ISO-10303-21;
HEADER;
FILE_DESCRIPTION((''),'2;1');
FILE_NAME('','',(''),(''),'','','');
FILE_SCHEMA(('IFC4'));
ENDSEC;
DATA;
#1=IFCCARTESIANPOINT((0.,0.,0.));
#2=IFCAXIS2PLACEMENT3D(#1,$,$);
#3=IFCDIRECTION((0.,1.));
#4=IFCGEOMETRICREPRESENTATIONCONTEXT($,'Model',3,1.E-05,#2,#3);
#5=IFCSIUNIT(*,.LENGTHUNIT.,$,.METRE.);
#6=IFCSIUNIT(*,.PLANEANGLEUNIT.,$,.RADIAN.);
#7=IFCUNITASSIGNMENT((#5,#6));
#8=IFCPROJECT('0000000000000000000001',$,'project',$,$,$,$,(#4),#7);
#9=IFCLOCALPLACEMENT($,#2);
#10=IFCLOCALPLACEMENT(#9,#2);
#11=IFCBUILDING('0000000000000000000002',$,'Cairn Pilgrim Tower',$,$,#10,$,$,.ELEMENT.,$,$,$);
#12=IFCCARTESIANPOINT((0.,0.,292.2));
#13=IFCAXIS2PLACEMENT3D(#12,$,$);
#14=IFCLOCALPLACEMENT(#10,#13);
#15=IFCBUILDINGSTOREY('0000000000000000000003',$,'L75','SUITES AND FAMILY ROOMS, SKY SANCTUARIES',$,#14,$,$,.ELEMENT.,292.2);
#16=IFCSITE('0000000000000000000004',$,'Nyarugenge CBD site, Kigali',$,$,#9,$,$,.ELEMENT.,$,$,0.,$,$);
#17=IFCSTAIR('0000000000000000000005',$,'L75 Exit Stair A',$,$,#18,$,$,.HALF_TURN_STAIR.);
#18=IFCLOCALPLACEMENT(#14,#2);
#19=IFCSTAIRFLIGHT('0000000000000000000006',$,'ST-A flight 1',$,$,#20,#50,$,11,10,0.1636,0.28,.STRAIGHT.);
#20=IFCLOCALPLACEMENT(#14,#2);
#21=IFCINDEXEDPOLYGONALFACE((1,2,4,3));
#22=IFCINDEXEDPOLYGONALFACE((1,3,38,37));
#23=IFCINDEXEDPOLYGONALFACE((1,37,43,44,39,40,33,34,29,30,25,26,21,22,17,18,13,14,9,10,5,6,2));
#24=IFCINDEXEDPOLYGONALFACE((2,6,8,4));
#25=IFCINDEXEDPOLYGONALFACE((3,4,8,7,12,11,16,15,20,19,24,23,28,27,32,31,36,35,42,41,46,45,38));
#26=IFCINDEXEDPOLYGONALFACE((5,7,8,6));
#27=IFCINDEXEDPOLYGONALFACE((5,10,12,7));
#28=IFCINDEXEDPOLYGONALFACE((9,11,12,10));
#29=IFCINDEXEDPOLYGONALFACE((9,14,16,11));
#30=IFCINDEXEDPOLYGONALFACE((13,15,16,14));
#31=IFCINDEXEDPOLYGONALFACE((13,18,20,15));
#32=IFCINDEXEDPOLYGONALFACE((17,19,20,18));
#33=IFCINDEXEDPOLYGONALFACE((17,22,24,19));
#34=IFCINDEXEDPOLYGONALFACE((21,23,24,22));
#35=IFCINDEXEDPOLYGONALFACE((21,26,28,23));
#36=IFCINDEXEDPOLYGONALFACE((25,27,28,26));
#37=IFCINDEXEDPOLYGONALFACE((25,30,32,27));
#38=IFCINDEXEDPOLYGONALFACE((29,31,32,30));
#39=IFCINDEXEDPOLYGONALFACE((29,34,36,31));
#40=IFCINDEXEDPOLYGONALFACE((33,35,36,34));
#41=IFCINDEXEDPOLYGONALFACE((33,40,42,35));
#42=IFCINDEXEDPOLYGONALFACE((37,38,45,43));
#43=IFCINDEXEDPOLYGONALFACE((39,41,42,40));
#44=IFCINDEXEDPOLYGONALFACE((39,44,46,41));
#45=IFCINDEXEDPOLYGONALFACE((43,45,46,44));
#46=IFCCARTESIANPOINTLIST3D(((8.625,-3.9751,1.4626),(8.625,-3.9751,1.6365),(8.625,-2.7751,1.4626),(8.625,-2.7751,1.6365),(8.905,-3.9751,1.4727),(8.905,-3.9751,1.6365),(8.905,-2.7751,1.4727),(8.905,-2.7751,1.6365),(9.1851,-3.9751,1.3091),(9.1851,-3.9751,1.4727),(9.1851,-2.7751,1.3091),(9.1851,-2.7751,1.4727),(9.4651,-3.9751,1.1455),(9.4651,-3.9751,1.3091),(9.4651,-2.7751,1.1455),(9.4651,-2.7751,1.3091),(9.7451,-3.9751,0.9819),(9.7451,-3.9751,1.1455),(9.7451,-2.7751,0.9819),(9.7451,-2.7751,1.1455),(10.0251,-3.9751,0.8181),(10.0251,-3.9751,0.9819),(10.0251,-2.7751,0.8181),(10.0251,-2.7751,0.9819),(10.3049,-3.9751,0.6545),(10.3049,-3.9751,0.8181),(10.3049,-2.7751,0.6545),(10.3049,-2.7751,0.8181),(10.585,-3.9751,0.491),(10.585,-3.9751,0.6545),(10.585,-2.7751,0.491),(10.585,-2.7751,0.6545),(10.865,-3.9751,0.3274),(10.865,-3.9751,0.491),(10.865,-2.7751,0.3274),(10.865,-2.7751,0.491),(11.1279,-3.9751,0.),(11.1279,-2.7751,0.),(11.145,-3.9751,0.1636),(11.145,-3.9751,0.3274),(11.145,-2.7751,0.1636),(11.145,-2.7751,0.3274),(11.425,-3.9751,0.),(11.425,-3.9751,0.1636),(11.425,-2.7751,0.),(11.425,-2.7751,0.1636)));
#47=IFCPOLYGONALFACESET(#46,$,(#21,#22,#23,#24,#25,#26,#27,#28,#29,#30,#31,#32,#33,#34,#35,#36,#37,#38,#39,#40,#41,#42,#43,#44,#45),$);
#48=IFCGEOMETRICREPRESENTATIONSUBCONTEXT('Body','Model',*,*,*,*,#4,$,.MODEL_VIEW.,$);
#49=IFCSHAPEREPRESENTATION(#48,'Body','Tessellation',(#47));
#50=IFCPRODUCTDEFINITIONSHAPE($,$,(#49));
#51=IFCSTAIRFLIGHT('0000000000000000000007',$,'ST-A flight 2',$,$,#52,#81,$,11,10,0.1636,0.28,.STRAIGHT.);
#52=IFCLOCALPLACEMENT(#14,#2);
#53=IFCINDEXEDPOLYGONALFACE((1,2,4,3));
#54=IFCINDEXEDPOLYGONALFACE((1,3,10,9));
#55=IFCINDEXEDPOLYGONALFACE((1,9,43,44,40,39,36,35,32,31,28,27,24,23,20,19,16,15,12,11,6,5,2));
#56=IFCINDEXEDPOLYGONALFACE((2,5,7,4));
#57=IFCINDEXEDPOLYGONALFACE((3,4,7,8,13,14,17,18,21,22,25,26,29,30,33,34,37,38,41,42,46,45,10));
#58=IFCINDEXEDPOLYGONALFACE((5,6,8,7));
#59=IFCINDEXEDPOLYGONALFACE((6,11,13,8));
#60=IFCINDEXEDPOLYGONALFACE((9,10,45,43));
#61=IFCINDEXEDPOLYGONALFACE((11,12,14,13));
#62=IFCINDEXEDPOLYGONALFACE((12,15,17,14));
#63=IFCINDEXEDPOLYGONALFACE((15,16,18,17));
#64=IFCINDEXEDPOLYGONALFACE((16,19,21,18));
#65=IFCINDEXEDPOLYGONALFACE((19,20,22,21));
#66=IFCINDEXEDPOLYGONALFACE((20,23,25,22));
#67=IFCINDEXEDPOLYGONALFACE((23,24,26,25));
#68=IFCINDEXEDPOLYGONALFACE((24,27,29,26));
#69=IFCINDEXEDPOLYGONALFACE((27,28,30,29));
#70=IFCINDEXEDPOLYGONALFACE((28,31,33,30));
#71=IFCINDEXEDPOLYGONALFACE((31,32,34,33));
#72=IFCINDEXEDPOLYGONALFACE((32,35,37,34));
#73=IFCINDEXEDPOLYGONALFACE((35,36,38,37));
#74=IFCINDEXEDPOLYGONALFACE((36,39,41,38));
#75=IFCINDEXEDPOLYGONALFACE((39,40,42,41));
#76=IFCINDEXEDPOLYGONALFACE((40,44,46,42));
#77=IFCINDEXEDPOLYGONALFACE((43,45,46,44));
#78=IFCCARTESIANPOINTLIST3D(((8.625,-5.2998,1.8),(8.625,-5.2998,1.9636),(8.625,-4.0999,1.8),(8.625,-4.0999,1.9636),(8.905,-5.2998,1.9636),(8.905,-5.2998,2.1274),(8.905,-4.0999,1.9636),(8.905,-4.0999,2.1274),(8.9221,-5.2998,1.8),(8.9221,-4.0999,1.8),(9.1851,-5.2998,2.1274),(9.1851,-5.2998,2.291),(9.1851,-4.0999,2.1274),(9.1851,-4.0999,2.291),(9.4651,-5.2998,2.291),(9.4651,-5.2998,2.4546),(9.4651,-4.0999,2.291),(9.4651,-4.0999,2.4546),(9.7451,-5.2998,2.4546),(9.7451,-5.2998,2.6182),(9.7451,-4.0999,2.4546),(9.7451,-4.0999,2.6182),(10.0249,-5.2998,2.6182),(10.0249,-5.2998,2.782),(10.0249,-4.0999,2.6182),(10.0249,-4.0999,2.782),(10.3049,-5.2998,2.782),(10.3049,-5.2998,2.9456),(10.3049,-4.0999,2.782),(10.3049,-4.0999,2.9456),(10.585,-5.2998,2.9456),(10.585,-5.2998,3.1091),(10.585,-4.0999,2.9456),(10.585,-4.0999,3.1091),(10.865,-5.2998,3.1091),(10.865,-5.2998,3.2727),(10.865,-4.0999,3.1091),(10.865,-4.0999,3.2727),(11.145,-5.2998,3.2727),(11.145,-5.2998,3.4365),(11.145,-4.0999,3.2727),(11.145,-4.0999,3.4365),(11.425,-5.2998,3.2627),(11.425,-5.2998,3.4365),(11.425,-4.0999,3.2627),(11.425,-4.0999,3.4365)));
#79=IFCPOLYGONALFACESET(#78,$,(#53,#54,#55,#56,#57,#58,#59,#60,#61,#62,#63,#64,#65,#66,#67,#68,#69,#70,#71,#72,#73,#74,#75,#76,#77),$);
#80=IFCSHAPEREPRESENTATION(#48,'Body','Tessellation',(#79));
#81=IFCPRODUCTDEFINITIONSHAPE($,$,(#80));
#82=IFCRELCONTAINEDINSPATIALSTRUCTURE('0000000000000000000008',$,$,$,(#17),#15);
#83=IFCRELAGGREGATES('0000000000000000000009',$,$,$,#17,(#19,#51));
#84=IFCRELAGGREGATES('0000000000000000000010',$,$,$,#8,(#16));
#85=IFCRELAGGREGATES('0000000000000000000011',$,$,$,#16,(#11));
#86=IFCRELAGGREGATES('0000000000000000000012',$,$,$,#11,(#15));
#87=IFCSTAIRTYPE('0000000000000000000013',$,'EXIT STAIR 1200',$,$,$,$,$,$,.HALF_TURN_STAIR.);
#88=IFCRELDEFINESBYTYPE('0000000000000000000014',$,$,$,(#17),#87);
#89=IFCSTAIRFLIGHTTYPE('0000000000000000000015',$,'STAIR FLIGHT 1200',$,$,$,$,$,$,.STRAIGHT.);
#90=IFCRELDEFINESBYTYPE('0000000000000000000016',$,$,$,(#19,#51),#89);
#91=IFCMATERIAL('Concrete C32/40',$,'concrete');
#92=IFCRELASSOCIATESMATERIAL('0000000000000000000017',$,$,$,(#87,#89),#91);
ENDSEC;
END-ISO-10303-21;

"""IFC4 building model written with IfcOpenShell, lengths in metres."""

from ifc_helpers import new_model, si_unit, direction, frame, origin, place, context, subcontext, project, spatial, polyline, outline, extrude, material, type_object, element, aggregate, save


model = new_model("IFC4")

# Units and contexts
model_context = context("Model", 3, precision=1e-05, world=origin(), true_north=direction((0.0, 1.0)))
body_context = subcontext(model_context, "Body", "Model", "MODEL_VIEW")
ifc_project = project(units=[si_unit("LENGTHUNIT", "METRE"), si_unit("PLANEANGLEUNIT", "RADIAN")], contexts=[model_context])

# Site, building, storey
site_placement = place(None, origin())
site = spatial("IfcSite", under=ifc_project, at=site_placement, Name="Nyarugenge CBD site, Kigali", CompositionType="ELEMENT", RefElevation=0.0)
building_placement = place(site_placement, origin())
building = spatial("IfcBuilding", under=site, at=building_placement, Name="Cairn Pilgrim Tower", CompositionType="ELEMENT")
storey_placement = place(building_placement, frame((0.0, 0.0, 292.2)))
storey = spatial("IfcBuildingStorey", under=building, at=storey_placement, Name="L75", Description="SUITES AND FAMILY ROOMS, SKY SANCTUARIES", CompositionType="ELEMENT", Elevation=292.2)

# Stair
ifc_material_1 = material(Name="Concrete C32/40", Category="concrete")
stair_type = type_object("IfcStairType", Name="EXIT STAIR 1200", PredefinedType="HALF_TURN_STAIR", material=ifc_material_1)
stair_placement = place(storey_placement, origin())
stair = element("IfcStair", 1, at=stair_placement, inside=storey, type_object=stair_type, Name="L75 Exit Stair A", PredefinedType="HALF_TURN_STAIR")

# Stair flights
stair_flight_type = type_object("IfcStairFlightType", Name="STAIR FLIGHT 1200", PredefinedType="STRAIGHT", material=ifc_material_1)
stair_flight_1_placement = place(storey_placement, frame((11.425, -3.375, 0.0), z_axis=(0.0, 0.0, 1.0), x_axis=(-1.0, 0.0, 0.0)))
stair_flight_1 = element("IfcStairFlight", 2, at=stair_flight_1_placement, type_object=stair_flight_type, Name="ST-A flight 1", NumberOfRisers=11, NumberOfTreads=10, PredefinedType="STRAIGHT", RiserHeight=0.1636, TreadLength=0.28, context=body_context, shape_type="SweptSolid", body=[
    extrude(outline(polyline([(0.0, 0.0), (0.0, 0.1636), (0.28, 0.1636), (0.28, 0.3274), (0.5601, 0.3274), (0.5601, 0.491), (0.8401, 0.491), (0.8401, 0.6545), (1.1201, 0.6545), (1.1201, 0.8181), (1.3999, 0.8181), (1.3999, 0.9819), (1.6799, 0.9819), (1.6799, 1.1455), (1.96, 1.1455), (1.96, 1.3091), (2.24, 1.3091), (2.24, 1.4727), (2.52, 1.4727), (2.52, 1.6365), (2.8, 1.6365), (2.8, 1.8), (2.8, 1.4626), (0.2971, 0.0), (0.0, 0.0)])), frame((0.0, 0.6001, 0.0), z_axis=(0.0, -1.0, 0.0), x_axis=(1.0, 0.0, 0.0)), (0.0, 0.0, 1.0), 1.2),
])
stair_flight_2_placement = place(storey_placement, frame((8.625, -4.7, 1.8), z_axis=(0.0, 0.0, 1.0), x_axis=(1.0, 0.0, 0.0)))
stair_flight_2 = element("IfcStairFlight", 3, at=stair_flight_2_placement, type_object=stair_flight_type, Name="ST-A flight 2", NumberOfRisers=11, NumberOfTreads=10, PredefinedType="STRAIGHT", RiserHeight=0.1636, TreadLength=0.28, context=body_context, shape_type="SweptSolid", body=[
    extrude(outline(polyline([(0.0, 0.0), (0.0, 0.1636), (0.28, 0.1636), (0.28, 0.3274), (0.5601, 0.3274), (0.5601, 0.491), (0.8401, 0.491), (0.8401, 0.6545), (1.1201, 0.6545), (1.1201, 0.8181), (1.3999, 0.8181), (1.3999, 0.9819), (1.6799, 0.9819), (1.6799, 1.1455), (1.96, 1.1455), (1.96, 1.3091), (2.24, 1.3091), (2.24, 1.4727), (2.52, 1.4727), (2.52, 1.6365), (2.8, 1.6365), (2.8, 1.8), (2.8, 1.4626), (0.2971, 0.0), (0.0, 0.0)])), frame((0.0, 0.6001, 0.0), z_axis=(0.0, -1.0, 0.0), x_axis=(1.0, 0.0, 0.0)), (0.0, 0.0, 1.0), 1.2),
])
aggregate(stair, [stair_flight_1, stair_flight_2])

save(model, "model.ifc")
